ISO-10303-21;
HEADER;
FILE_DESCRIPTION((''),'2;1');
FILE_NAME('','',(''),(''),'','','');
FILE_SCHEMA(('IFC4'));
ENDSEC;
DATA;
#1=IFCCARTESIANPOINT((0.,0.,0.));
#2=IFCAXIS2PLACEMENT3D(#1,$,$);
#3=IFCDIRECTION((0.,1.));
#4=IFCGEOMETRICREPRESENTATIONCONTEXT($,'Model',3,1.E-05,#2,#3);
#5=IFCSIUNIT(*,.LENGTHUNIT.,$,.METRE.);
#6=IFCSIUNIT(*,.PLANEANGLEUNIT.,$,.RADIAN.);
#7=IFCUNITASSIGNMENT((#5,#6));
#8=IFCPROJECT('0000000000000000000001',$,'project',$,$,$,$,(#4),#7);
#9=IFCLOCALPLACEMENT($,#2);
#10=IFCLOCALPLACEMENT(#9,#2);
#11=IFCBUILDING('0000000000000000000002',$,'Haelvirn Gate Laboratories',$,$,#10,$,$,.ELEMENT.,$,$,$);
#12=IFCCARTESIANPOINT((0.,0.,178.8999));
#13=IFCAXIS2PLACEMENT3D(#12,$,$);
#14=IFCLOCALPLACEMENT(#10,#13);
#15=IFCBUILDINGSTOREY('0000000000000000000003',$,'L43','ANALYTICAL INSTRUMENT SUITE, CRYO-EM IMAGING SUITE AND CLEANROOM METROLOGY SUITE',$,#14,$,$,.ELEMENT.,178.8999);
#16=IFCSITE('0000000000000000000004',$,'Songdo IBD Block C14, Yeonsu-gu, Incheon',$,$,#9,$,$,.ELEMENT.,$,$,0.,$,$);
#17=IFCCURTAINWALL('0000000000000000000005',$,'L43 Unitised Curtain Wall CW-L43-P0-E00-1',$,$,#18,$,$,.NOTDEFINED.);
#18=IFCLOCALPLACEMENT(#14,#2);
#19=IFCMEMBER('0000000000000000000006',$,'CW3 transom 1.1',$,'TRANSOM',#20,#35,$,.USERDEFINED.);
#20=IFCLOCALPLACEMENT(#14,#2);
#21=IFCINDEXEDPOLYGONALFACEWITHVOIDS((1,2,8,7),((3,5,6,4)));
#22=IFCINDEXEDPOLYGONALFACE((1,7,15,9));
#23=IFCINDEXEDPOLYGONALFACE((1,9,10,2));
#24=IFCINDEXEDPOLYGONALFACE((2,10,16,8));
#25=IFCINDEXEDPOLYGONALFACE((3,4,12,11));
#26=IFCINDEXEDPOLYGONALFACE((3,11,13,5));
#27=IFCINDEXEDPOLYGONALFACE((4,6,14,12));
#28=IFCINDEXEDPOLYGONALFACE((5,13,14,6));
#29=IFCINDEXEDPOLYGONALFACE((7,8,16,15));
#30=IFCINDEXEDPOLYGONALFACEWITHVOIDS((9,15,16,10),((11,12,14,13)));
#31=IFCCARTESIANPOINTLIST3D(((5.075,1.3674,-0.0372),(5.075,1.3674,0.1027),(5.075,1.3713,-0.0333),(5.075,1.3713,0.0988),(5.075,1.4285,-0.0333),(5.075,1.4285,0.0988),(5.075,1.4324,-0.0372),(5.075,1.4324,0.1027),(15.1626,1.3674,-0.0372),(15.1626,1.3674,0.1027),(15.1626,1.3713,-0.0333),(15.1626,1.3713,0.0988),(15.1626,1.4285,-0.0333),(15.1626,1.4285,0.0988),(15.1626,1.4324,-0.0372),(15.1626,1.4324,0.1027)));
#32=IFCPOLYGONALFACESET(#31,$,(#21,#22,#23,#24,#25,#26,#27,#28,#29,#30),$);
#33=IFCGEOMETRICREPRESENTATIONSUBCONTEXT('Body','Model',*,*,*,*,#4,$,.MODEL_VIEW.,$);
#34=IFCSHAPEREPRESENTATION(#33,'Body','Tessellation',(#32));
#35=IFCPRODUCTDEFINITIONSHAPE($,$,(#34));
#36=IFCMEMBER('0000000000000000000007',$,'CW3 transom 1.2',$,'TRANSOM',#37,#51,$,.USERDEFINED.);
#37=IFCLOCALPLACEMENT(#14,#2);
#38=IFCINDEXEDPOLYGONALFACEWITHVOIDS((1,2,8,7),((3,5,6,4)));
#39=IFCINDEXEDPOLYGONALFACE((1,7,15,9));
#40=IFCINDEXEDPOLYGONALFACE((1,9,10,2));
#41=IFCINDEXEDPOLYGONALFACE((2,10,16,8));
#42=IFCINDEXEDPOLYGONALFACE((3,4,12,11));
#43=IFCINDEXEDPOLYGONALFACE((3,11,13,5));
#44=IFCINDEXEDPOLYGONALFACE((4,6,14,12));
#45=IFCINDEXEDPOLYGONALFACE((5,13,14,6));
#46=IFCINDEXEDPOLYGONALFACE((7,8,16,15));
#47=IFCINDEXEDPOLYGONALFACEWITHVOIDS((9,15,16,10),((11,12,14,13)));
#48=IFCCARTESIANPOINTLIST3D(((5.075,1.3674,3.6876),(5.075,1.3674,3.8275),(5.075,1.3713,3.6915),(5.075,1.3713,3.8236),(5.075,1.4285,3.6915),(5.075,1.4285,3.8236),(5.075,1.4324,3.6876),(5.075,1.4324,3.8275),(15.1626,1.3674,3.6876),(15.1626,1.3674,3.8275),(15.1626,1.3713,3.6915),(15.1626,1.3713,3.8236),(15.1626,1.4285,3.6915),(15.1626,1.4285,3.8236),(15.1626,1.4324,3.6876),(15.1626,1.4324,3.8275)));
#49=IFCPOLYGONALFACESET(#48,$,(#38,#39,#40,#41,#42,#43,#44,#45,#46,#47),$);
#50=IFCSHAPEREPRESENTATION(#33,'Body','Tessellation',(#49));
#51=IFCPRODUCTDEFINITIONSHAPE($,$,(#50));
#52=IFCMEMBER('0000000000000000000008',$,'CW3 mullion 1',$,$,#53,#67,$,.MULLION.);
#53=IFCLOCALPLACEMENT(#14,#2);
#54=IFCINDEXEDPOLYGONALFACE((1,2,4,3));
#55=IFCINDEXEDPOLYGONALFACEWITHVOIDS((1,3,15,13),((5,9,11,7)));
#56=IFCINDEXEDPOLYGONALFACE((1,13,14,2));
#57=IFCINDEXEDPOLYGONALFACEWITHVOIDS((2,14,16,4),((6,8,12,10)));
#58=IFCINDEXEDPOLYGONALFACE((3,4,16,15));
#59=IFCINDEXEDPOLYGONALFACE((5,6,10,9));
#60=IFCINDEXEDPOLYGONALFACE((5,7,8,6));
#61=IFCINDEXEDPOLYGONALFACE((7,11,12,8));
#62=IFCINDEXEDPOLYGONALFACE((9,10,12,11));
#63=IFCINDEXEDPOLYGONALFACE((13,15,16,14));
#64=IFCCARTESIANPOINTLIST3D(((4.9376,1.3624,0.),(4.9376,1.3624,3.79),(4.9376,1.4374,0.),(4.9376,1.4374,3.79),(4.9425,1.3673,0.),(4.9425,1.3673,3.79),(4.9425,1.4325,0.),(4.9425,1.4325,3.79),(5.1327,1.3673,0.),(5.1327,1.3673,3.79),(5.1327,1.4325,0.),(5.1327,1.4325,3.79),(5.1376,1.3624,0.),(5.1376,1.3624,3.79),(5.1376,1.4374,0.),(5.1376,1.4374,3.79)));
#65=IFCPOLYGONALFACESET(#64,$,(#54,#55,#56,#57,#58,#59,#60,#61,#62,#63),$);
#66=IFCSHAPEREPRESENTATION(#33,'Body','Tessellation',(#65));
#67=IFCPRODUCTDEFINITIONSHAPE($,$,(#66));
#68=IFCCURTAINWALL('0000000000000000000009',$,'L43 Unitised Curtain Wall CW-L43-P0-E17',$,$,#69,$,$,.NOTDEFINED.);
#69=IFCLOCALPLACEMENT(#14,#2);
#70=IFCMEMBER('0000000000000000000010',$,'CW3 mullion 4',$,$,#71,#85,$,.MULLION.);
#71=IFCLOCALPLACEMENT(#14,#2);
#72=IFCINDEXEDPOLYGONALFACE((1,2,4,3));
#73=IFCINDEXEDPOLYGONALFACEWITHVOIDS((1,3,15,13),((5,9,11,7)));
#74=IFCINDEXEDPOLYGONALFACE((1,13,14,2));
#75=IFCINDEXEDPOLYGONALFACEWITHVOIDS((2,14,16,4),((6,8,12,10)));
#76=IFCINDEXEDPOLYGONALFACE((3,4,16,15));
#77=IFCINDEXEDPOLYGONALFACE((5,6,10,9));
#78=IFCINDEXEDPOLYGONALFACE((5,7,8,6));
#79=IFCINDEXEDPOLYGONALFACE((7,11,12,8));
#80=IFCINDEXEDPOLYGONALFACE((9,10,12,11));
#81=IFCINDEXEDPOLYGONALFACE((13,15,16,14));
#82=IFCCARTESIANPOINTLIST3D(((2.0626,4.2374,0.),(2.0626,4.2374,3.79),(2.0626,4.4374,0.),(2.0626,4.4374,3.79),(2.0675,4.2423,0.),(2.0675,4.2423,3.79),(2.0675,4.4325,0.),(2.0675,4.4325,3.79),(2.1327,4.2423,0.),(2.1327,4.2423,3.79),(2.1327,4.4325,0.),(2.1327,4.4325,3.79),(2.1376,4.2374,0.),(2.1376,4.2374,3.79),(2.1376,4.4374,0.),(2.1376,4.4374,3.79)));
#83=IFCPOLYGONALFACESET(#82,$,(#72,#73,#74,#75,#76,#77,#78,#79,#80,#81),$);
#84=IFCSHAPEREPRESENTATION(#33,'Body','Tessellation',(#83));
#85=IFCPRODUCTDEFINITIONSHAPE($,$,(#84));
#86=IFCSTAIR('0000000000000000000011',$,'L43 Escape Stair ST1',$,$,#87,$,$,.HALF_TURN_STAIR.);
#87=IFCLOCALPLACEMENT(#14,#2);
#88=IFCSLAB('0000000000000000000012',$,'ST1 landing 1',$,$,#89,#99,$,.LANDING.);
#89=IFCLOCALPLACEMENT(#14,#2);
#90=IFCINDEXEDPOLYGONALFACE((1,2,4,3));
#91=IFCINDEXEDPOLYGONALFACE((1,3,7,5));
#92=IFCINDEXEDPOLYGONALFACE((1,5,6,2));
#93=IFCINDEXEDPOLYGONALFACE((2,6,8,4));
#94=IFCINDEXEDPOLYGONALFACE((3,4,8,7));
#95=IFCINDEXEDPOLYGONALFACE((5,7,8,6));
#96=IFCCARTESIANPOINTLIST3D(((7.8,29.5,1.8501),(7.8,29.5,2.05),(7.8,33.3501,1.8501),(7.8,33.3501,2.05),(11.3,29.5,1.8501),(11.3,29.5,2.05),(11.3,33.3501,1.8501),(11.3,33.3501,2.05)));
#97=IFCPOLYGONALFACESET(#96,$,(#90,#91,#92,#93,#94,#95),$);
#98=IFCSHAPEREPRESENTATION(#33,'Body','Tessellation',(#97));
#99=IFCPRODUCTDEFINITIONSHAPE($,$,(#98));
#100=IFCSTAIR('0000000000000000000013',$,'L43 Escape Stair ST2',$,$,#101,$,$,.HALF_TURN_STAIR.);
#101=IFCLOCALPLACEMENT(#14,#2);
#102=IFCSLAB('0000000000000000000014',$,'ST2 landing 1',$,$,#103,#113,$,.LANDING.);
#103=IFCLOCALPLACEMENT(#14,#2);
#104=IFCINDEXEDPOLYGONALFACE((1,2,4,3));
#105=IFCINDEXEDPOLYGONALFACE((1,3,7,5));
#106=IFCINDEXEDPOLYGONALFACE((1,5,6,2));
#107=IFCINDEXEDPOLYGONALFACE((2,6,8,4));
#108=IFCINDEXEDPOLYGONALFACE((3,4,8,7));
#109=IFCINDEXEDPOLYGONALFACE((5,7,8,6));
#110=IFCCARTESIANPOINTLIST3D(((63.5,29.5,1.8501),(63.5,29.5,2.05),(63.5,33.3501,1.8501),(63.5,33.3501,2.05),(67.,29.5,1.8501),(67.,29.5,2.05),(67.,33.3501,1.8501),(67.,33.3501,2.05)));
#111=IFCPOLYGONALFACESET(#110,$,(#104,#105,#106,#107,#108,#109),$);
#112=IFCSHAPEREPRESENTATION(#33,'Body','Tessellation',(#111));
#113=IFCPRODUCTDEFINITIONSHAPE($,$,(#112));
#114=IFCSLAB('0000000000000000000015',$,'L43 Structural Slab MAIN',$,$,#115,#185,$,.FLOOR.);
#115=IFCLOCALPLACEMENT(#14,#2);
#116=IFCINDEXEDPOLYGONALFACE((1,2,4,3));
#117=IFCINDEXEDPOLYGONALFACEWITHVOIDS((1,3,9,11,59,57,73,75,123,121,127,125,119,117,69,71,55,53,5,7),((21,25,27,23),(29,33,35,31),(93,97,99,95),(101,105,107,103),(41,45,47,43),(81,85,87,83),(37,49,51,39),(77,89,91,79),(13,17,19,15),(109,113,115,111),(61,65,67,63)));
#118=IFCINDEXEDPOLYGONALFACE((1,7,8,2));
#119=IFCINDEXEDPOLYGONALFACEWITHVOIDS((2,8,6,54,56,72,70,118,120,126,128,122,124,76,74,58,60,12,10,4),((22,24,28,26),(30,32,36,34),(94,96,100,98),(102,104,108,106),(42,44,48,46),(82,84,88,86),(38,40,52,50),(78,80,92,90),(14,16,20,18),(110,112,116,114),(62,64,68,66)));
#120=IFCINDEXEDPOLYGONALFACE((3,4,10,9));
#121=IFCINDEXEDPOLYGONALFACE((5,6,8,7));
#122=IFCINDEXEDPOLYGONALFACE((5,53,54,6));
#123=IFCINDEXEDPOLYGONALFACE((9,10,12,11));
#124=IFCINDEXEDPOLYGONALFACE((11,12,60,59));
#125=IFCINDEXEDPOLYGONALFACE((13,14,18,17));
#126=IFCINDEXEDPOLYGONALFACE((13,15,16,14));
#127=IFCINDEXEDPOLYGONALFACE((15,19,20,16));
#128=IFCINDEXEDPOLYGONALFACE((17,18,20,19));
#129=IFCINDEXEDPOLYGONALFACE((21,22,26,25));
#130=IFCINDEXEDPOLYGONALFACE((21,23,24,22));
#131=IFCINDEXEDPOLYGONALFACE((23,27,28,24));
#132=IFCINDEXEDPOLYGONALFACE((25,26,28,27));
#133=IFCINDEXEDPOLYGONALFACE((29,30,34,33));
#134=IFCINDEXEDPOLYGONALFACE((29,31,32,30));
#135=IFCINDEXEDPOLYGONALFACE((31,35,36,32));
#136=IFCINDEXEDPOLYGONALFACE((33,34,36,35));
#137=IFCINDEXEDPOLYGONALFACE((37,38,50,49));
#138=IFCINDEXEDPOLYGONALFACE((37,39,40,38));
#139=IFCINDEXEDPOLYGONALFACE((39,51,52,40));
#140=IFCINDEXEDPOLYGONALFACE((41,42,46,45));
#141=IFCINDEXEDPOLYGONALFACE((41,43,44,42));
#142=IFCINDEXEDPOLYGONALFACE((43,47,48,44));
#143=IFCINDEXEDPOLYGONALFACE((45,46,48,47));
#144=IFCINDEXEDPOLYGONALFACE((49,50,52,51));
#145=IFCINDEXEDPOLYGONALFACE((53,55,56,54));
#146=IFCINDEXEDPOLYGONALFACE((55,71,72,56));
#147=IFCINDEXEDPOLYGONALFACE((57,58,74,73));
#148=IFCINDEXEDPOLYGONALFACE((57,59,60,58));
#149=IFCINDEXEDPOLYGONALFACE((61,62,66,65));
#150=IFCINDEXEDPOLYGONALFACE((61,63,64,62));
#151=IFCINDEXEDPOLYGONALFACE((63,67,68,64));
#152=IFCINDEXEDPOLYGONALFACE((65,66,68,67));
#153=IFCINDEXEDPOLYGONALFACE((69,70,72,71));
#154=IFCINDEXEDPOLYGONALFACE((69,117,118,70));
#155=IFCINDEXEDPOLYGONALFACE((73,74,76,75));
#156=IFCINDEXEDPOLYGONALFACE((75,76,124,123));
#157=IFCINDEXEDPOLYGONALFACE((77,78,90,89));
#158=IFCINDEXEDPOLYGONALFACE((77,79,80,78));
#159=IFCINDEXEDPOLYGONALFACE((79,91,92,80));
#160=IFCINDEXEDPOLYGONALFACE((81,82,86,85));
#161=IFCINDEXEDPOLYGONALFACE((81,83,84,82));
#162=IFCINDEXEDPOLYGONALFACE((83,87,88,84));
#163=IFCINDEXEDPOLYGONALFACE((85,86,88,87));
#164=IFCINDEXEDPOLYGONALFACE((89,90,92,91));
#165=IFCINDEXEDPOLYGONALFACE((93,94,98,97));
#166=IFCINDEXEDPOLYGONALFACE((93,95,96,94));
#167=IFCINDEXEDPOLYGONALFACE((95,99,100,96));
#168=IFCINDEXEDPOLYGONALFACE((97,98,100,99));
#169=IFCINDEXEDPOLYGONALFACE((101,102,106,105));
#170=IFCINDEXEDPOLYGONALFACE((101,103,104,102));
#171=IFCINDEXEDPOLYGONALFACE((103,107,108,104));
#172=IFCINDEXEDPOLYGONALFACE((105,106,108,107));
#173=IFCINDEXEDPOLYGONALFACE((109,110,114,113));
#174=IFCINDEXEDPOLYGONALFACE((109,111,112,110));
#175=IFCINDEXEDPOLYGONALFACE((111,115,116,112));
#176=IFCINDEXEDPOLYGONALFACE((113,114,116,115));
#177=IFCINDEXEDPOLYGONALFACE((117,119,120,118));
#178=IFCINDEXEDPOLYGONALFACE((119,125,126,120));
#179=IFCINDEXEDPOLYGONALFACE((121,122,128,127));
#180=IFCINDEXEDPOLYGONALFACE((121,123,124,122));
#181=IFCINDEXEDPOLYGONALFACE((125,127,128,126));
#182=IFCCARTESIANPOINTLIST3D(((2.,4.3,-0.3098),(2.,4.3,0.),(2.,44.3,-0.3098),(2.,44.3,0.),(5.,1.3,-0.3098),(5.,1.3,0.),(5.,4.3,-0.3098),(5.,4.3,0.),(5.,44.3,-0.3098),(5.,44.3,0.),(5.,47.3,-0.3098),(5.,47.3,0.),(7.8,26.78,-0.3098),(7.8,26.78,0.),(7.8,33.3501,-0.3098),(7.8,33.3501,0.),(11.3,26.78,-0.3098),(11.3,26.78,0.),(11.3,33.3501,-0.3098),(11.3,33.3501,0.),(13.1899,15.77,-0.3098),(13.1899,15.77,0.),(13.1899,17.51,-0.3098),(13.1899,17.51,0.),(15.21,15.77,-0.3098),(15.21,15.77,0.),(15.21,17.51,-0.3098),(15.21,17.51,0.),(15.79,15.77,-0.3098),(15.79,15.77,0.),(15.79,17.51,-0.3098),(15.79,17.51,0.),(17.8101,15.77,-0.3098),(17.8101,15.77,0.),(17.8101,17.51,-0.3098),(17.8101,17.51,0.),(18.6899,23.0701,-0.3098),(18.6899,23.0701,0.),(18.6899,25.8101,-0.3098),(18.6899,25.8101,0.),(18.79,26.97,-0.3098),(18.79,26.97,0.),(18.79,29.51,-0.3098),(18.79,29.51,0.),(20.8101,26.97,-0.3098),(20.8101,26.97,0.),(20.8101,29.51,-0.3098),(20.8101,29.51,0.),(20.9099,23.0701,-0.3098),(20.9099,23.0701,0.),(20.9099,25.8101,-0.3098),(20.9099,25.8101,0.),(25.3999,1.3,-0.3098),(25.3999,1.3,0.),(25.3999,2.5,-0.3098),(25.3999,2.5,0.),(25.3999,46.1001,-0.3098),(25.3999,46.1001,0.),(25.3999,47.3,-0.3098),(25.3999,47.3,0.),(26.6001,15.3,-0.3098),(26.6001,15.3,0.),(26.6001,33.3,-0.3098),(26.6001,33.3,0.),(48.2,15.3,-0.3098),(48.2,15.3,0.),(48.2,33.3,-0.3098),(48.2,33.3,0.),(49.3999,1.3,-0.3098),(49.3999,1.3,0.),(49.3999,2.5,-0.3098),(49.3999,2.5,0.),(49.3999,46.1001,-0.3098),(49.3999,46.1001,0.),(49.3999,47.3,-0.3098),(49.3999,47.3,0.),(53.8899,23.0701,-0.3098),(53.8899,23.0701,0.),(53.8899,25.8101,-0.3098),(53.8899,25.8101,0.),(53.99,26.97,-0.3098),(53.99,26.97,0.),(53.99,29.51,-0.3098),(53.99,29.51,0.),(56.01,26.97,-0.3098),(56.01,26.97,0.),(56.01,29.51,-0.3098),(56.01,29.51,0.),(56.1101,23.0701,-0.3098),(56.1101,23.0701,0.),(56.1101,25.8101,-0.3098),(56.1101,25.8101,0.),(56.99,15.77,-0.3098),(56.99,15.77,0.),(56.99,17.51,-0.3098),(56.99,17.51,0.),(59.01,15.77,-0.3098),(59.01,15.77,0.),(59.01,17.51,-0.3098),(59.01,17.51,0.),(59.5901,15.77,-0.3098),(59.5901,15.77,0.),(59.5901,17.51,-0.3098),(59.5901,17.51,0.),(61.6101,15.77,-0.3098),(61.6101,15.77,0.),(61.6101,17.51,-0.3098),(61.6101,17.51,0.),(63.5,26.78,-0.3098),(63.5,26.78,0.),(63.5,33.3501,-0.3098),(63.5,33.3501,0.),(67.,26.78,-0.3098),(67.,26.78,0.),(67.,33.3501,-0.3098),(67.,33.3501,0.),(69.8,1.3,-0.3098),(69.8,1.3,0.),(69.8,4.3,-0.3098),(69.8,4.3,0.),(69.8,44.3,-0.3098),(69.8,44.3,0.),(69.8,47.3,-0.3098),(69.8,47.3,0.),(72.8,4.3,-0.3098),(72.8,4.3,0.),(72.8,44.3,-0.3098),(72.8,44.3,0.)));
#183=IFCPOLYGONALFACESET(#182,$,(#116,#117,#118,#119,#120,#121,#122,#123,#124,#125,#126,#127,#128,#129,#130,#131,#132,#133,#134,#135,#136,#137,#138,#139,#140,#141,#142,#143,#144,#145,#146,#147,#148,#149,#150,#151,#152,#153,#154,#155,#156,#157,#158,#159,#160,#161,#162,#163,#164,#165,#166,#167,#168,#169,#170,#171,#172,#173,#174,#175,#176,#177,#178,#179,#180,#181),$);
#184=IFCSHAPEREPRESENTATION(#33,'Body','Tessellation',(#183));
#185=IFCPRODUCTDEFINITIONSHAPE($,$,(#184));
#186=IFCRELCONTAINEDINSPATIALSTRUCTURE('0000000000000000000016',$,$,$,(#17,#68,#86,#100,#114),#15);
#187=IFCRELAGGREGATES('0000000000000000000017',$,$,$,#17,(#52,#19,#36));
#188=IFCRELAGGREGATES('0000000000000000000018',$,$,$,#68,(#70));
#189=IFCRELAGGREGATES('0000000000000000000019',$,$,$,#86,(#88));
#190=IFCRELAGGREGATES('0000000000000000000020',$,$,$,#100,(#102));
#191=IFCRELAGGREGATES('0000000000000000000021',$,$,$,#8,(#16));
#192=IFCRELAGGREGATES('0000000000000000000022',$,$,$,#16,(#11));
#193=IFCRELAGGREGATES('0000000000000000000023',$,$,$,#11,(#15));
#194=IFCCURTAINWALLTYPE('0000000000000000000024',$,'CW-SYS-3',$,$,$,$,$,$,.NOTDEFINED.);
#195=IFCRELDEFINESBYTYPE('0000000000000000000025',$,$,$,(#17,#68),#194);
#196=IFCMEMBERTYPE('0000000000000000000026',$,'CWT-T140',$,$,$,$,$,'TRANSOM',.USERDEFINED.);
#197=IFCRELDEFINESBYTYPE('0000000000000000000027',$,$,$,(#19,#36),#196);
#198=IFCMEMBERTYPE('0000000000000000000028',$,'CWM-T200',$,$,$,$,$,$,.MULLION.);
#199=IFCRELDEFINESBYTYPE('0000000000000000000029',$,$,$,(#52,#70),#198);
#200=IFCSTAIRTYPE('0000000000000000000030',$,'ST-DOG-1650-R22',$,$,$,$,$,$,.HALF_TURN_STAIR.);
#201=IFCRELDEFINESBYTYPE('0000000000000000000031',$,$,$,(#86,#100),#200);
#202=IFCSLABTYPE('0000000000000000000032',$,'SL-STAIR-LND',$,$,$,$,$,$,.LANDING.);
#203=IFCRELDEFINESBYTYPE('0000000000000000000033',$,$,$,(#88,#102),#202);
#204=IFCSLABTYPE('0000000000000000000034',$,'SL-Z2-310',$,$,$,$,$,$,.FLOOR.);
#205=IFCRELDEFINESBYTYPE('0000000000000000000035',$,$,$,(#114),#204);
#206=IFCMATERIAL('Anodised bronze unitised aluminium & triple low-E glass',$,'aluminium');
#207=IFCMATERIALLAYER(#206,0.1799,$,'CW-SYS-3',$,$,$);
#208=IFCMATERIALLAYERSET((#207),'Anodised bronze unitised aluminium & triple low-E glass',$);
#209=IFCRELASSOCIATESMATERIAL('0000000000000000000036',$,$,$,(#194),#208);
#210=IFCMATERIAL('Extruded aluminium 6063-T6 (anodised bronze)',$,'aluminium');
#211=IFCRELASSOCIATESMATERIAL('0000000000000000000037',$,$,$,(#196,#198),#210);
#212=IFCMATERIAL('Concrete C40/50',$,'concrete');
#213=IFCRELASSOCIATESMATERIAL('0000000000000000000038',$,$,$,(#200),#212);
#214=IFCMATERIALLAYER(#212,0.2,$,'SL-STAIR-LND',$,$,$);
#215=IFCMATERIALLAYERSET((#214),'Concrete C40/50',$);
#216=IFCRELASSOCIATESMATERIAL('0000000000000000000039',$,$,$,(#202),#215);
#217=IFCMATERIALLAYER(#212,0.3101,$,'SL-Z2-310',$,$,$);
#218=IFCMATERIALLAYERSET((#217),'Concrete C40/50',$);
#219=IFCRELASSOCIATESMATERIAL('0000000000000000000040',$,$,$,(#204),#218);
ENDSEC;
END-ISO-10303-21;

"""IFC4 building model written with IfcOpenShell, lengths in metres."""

from ifc_helpers import new_model, si_unit, direction, frame, origin, origin_2d, place, context, subcontext, project, spatial, polyline, hollow_rectangle, outline, extrude, source, transform, mapped, material, layer, layer_set, material_profile, profile_set, type_object, type_shapes, element, aggregate, save


model = new_model("IFC4")

# Units and contexts
model_context = context("Model", 3, precision=1e-05, world=origin(), true_north=direction((0.0, 1.0)))
body_context = subcontext(model_context, "Body", "Model", "MODEL_VIEW")
ifc_project = project(units=[si_unit("LENGTHUNIT", "METRE"), si_unit("PLANEANGLEUNIT", "RADIAN")], contexts=[model_context])

# Site, building, storey
site_placement = place(None, origin())
site = spatial("IfcSite", under=ifc_project, at=site_placement, Name="Songdo IBD Block C14, Yeonsu-gu, Incheon", CompositionType="ELEMENT", RefElevation=0.0)
building_placement = place(site_placement, origin())
building = spatial("IfcBuilding", under=site, at=building_placement, Name="Haelvirn Gate Laboratories", CompositionType="ELEMENT")
storey_placement = place(building_placement, frame((0.0, 0.0, 178.8999)))
storey = spatial("IfcBuildingStorey", under=building, at=storey_placement, Name="L43", Description="ANALYTICAL INSTRUMENT SUITE, CRYO-EM IMAGING SUITE AND CLEANROOM METROLOGY SUITE", CompositionType="ELEMENT", Elevation=178.8999)

# Curtain wall, members
ifc_material_1 = material(Name="Anodised bronze unitised aluminium & triple low-E glass", Category="aluminium")
ifc_layer_1 = layer(ifc_material_1, 0.1799, Name="CW-SYS-3")
ifc_layer_set_1 = layer_set([ifc_layer_1], Name="Anodised bronze unitised aluminium & triple low-E glass")
curtain_wall_type = type_object("IfcCurtainWallType", Name="CW-SYS-3", PredefinedType="NOTDEFINED", material=ifc_layer_set_1)
curtain_wall_1_placement = place(storey_placement, origin())
curtain_wall_1 = element("IfcCurtainWall", 1, at=curtain_wall_1_placement, inside=storey, type_object=curtain_wall_type, Name="L43 Unitised Curtain Wall CW-L43-P0-E00-1", PredefinedType="NOTDEFINED")
ifc_material_2 = material(Name="Extruded aluminium 6063-T6 (anodised bronze)", Category="aluminium")
ifc_material_profile_1 = material_profile(ifc_material_2, hollow_rectangle(XDim=0.0649, YDim=0.1399, WallThickness=0.0039, at=origin_2d()), Name="CWT-140x65x4")
ifc_profile_set_1 = profile_set([ifc_material_profile_1], Name="Extruded aluminium 6063-T6 (anodised bronze)")
member_type_1 = type_object("IfcMemberType", Name="CWT-T140", ElementType="TRANSOM", PredefinedType="USERDEFINED", material=ifc_profile_set_1)
shared_shape_1 = source(origin(), body_context, "Body", "SweptSolid", [
    extrude(hollow_rectangle(XDim=0.0649, YDim=0.1399, WallThickness=0.0039, at=origin_2d()), origin(), (0.0, 0.0, 1.0), 10.0876),
])
type_shapes(member_type_1, [shared_shape_1])
member_1_placement = place(storey_placement, frame((5.075, 1.3999, 0.0327), z_axis=(1.0, 0.0, 0.0), x_axis=(0.0, 1.0, 0.0)))
member_1 = element("IfcMember", 2, at=member_1_placement, type_object=member_type_1, Name="CW3 transom 1.1", ObjectType="TRANSOM", PredefinedType="USERDEFINED", context=body_context, shape_type="MappedRepresentation", body=[
    mapped(shared_shape_1, transform((0.0, 0.0, 0.0), scale=1.0)),
])
member_2_placement = place(storey_placement, frame((5.075, 1.3999, 3.7576), z_axis=(1.0, 0.0, 0.0), x_axis=(0.0, 1.0, 0.0)))
member_2 = element("IfcMember", 3, at=member_2_placement, type_object=member_type_1, Name="CW3 transom 1.2", ObjectType="TRANSOM", PredefinedType="USERDEFINED", context=body_context, shape_type="MappedRepresentation", body=[
    mapped(shared_shape_1, transform((0.0, 0.0, 0.0), scale=1.0)),
])
ifc_material_profile_2 = material_profile(ifc_material_2, hollow_rectangle(XDim=0.075, YDim=0.2, WallThickness=0.0049, at=origin_2d()), Name="CWM-200x75x5")
ifc_profile_set_2 = profile_set([ifc_material_profile_2], Name="Extruded aluminium 6063-T6 (anodised bronze)")
member_type_2 = type_object("IfcMemberType", Name="CWM-T200", PredefinedType="MULLION", material=ifc_profile_set_2)
shared_shape_2 = source(origin(), body_context, "Body", "SweptSolid", [
    extrude(hollow_rectangle(XDim=0.075, YDim=0.2, WallThickness=0.0049, at=origin_2d()), origin(), (0.0, 0.0, 1.0), 3.79),
])
type_shapes(member_type_2, [shared_shape_2])
member_3_placement = place(storey_placement, frame((5.0376, 1.3999, 0.0), z_axis=(0.0, 0.0, 1.0), x_axis=(0.0, 1.0, 0.0)))
member_3 = element("IfcMember", 4, at=member_3_placement, type_object=member_type_2, Name="CW3 mullion 1", PredefinedType="MULLION", context=body_context, shape_type="MappedRepresentation", body=[
    mapped(shared_shape_2, transform((0.0, 0.0, 0.0), scale=1.0)),
])
aggregate(curtain_wall_1, [member_3, member_1, member_2])

# Curtain wall, member
curtain_wall_2_placement = place(storey_placement, origin())
curtain_wall_2 = element("IfcCurtainWall", 5, at=curtain_wall_2_placement, inside=storey, type_object=curtain_wall_type, Name="L43 Unitised Curtain Wall CW-L43-P0-E17", PredefinedType="NOTDEFINED")
member_4_placement = place(storey_placement, frame((2.1001, 4.3374, 0.0), z_axis=(0.0, 0.0, 1.0), x_axis=(1.0, 0.0, 0.0)))
member_4 = element("IfcMember", 6, at=member_4_placement, type_object=member_type_2, Name="CW3 mullion 4", PredefinedType="MULLION", context=body_context, shape_type="MappedRepresentation", body=[
    mapped(shared_shape_2, transform((0.0, 0.0, 0.0), scale=1.0)),
])
aggregate(curtain_wall_2, [member_4])

# Stairs, slabs
ifc_material_3 = material(Name="Concrete C40/50", Category="concrete")
stair_type = type_object("IfcStairType", Name="ST-DOG-1650-R22", PredefinedType="HALF_TURN_STAIR", material=ifc_material_3)
stair_1_placement = place(storey_placement, origin())
stair_1 = element("IfcStair", 7, at=stair_1_placement, inside=storey, type_object=stair_type, Name="L43 Escape Stair ST1", PredefinedType="HALF_TURN_STAIR")
ifc_layer_2 = layer(ifc_material_3, 0.2, Name="SL-STAIR-LND")
ifc_layer_set_2 = layer_set([ifc_layer_2], Name="Concrete C40/50")
slab_type_1 = type_object("IfcSlabType", Name="SL-STAIR-LND", PredefinedType="LANDING", material=ifc_layer_set_2)
slab_1_placement = place(storey_placement, frame((0.0, 0.0, 1.8501)))
slab_1 = element("IfcSlab", 8, at=slab_1_placement, type_object=slab_type_1, Name="ST1 landing 1", PredefinedType="LANDING", context=body_context, shape_type="SweptSolid", body=[
    extrude(outline(polyline([(11.3, 29.5), (11.3, 33.3501), (7.8, 33.3501), (7.8, 29.5), (11.3, 29.5)])), origin(), (0.0, 0.0, 1.0), 0.2),
])
aggregate(stair_1, [slab_1])
stair_2_placement = place(storey_placement, origin())
stair_2 = element("IfcStair", 9, at=stair_2_placement, inside=storey, type_object=stair_type, Name="L43 Escape Stair ST2", PredefinedType="HALF_TURN_STAIR")
slab_2_placement = place(storey_placement, frame((0.0, 0.0, 1.8501)))
slab_2 = element("IfcSlab", 10, at=slab_2_placement, type_object=slab_type_1, Name="ST2 landing 1", PredefinedType="LANDING", context=body_context, shape_type="SweptSolid", body=[
    extrude(outline(polyline([(67.0, 29.5), (67.0, 33.3501), (63.5, 33.3501), (63.5, 29.5), (67.0, 29.5)])), origin(), (0.0, 0.0, 1.0), 0.2),
])
aggregate(stair_2, [slab_2])

# Slab
ifc_layer_3 = layer(ifc_material_3, 0.3101, Name="SL-Z2-310")
ifc_layer_set_3 = layer_set([ifc_layer_3], Name="Concrete C40/50")
slab_type_2 = type_object("IfcSlabType", Name="SL-Z2-310", PredefinedType="FLOOR", material=ifc_layer_set_3)
slab_3_placement = place(storey_placement, frame((0.0, 0.0, -0.3098)))
element("IfcSlab", 11, at=slab_3_placement, inside=storey, type_object=slab_type_2, Name="L43 Structural Slab MAIN", PredefinedType="FLOOR", context=body_context, shape_type="SweptSolid", body=[
    extrude(outline(polyline([(5.0, 1.3), (25.3999, 1.3), (25.3999, 2.5), (49.3999, 2.5), (49.3999, 1.3), (69.8, 1.3), (69.8, 4.3), (72.8, 4.3), (72.8, 44.3), (69.8, 44.3), (69.8, 47.3), (49.3999, 47.3), (49.3999, 46.1001), (25.3999, 46.1001), (25.3999, 47.3), (5.0, 47.3), (5.0, 44.3), (2.0, 44.3), (2.0, 4.3), (5.0, 4.3), (5.0, 1.3)]), holes=[polyline([(26.6001, 15.3), (48.2, 15.3), (48.2, 33.3), (26.6001, 33.3), (26.6001, 15.3)]), polyline([(11.3, 26.78), (11.3, 33.3501), (7.8, 33.3501), (7.8, 26.78), (11.3, 26.78)]), polyline([(67.0, 26.78), (67.0, 33.3501), (63.5, 33.3501), (63.5, 26.78), (67.0, 26.78)]), polyline([(13.1899, 15.77), (15.21, 15.77), (15.21, 17.51), (13.1899, 17.51), (13.1899, 15.77)]), polyline([(15.79, 15.77), (17.8101, 15.77), (17.8101, 17.51), (15.79, 17.51), (15.79, 15.77)]), polyline([(18.79, 26.97), (20.8101, 26.97), (20.8101, 29.51), (18.79, 29.51), (18.79, 26.97)]), polyline([(18.6899, 23.0701), (20.9099, 23.0701), (20.9099, 25.8101), (18.6899, 25.8101), (18.6899, 23.0701)]), polyline([(59.5901, 15.77), (61.6101, 15.77), (61.6101, 17.51), (59.5901, 17.51), (59.5901, 15.77)]), polyline([(56.99, 15.77), (59.01, 15.77), (59.01, 17.51), (56.99, 17.51), (56.99, 15.77)]), polyline([(53.99, 26.97), (56.01, 26.97), (56.01, 29.51), (53.99, 29.51), (53.99, 26.97)]), polyline([(53.8899, 23.0701), (56.1101, 23.0701), (56.1101, 25.8101), (53.8899, 25.8101), (53.8899, 23.0701)])]), origin(), (0.0, 0.0, 1.0), 0.3098),
])

save(model, "model.ifc")
